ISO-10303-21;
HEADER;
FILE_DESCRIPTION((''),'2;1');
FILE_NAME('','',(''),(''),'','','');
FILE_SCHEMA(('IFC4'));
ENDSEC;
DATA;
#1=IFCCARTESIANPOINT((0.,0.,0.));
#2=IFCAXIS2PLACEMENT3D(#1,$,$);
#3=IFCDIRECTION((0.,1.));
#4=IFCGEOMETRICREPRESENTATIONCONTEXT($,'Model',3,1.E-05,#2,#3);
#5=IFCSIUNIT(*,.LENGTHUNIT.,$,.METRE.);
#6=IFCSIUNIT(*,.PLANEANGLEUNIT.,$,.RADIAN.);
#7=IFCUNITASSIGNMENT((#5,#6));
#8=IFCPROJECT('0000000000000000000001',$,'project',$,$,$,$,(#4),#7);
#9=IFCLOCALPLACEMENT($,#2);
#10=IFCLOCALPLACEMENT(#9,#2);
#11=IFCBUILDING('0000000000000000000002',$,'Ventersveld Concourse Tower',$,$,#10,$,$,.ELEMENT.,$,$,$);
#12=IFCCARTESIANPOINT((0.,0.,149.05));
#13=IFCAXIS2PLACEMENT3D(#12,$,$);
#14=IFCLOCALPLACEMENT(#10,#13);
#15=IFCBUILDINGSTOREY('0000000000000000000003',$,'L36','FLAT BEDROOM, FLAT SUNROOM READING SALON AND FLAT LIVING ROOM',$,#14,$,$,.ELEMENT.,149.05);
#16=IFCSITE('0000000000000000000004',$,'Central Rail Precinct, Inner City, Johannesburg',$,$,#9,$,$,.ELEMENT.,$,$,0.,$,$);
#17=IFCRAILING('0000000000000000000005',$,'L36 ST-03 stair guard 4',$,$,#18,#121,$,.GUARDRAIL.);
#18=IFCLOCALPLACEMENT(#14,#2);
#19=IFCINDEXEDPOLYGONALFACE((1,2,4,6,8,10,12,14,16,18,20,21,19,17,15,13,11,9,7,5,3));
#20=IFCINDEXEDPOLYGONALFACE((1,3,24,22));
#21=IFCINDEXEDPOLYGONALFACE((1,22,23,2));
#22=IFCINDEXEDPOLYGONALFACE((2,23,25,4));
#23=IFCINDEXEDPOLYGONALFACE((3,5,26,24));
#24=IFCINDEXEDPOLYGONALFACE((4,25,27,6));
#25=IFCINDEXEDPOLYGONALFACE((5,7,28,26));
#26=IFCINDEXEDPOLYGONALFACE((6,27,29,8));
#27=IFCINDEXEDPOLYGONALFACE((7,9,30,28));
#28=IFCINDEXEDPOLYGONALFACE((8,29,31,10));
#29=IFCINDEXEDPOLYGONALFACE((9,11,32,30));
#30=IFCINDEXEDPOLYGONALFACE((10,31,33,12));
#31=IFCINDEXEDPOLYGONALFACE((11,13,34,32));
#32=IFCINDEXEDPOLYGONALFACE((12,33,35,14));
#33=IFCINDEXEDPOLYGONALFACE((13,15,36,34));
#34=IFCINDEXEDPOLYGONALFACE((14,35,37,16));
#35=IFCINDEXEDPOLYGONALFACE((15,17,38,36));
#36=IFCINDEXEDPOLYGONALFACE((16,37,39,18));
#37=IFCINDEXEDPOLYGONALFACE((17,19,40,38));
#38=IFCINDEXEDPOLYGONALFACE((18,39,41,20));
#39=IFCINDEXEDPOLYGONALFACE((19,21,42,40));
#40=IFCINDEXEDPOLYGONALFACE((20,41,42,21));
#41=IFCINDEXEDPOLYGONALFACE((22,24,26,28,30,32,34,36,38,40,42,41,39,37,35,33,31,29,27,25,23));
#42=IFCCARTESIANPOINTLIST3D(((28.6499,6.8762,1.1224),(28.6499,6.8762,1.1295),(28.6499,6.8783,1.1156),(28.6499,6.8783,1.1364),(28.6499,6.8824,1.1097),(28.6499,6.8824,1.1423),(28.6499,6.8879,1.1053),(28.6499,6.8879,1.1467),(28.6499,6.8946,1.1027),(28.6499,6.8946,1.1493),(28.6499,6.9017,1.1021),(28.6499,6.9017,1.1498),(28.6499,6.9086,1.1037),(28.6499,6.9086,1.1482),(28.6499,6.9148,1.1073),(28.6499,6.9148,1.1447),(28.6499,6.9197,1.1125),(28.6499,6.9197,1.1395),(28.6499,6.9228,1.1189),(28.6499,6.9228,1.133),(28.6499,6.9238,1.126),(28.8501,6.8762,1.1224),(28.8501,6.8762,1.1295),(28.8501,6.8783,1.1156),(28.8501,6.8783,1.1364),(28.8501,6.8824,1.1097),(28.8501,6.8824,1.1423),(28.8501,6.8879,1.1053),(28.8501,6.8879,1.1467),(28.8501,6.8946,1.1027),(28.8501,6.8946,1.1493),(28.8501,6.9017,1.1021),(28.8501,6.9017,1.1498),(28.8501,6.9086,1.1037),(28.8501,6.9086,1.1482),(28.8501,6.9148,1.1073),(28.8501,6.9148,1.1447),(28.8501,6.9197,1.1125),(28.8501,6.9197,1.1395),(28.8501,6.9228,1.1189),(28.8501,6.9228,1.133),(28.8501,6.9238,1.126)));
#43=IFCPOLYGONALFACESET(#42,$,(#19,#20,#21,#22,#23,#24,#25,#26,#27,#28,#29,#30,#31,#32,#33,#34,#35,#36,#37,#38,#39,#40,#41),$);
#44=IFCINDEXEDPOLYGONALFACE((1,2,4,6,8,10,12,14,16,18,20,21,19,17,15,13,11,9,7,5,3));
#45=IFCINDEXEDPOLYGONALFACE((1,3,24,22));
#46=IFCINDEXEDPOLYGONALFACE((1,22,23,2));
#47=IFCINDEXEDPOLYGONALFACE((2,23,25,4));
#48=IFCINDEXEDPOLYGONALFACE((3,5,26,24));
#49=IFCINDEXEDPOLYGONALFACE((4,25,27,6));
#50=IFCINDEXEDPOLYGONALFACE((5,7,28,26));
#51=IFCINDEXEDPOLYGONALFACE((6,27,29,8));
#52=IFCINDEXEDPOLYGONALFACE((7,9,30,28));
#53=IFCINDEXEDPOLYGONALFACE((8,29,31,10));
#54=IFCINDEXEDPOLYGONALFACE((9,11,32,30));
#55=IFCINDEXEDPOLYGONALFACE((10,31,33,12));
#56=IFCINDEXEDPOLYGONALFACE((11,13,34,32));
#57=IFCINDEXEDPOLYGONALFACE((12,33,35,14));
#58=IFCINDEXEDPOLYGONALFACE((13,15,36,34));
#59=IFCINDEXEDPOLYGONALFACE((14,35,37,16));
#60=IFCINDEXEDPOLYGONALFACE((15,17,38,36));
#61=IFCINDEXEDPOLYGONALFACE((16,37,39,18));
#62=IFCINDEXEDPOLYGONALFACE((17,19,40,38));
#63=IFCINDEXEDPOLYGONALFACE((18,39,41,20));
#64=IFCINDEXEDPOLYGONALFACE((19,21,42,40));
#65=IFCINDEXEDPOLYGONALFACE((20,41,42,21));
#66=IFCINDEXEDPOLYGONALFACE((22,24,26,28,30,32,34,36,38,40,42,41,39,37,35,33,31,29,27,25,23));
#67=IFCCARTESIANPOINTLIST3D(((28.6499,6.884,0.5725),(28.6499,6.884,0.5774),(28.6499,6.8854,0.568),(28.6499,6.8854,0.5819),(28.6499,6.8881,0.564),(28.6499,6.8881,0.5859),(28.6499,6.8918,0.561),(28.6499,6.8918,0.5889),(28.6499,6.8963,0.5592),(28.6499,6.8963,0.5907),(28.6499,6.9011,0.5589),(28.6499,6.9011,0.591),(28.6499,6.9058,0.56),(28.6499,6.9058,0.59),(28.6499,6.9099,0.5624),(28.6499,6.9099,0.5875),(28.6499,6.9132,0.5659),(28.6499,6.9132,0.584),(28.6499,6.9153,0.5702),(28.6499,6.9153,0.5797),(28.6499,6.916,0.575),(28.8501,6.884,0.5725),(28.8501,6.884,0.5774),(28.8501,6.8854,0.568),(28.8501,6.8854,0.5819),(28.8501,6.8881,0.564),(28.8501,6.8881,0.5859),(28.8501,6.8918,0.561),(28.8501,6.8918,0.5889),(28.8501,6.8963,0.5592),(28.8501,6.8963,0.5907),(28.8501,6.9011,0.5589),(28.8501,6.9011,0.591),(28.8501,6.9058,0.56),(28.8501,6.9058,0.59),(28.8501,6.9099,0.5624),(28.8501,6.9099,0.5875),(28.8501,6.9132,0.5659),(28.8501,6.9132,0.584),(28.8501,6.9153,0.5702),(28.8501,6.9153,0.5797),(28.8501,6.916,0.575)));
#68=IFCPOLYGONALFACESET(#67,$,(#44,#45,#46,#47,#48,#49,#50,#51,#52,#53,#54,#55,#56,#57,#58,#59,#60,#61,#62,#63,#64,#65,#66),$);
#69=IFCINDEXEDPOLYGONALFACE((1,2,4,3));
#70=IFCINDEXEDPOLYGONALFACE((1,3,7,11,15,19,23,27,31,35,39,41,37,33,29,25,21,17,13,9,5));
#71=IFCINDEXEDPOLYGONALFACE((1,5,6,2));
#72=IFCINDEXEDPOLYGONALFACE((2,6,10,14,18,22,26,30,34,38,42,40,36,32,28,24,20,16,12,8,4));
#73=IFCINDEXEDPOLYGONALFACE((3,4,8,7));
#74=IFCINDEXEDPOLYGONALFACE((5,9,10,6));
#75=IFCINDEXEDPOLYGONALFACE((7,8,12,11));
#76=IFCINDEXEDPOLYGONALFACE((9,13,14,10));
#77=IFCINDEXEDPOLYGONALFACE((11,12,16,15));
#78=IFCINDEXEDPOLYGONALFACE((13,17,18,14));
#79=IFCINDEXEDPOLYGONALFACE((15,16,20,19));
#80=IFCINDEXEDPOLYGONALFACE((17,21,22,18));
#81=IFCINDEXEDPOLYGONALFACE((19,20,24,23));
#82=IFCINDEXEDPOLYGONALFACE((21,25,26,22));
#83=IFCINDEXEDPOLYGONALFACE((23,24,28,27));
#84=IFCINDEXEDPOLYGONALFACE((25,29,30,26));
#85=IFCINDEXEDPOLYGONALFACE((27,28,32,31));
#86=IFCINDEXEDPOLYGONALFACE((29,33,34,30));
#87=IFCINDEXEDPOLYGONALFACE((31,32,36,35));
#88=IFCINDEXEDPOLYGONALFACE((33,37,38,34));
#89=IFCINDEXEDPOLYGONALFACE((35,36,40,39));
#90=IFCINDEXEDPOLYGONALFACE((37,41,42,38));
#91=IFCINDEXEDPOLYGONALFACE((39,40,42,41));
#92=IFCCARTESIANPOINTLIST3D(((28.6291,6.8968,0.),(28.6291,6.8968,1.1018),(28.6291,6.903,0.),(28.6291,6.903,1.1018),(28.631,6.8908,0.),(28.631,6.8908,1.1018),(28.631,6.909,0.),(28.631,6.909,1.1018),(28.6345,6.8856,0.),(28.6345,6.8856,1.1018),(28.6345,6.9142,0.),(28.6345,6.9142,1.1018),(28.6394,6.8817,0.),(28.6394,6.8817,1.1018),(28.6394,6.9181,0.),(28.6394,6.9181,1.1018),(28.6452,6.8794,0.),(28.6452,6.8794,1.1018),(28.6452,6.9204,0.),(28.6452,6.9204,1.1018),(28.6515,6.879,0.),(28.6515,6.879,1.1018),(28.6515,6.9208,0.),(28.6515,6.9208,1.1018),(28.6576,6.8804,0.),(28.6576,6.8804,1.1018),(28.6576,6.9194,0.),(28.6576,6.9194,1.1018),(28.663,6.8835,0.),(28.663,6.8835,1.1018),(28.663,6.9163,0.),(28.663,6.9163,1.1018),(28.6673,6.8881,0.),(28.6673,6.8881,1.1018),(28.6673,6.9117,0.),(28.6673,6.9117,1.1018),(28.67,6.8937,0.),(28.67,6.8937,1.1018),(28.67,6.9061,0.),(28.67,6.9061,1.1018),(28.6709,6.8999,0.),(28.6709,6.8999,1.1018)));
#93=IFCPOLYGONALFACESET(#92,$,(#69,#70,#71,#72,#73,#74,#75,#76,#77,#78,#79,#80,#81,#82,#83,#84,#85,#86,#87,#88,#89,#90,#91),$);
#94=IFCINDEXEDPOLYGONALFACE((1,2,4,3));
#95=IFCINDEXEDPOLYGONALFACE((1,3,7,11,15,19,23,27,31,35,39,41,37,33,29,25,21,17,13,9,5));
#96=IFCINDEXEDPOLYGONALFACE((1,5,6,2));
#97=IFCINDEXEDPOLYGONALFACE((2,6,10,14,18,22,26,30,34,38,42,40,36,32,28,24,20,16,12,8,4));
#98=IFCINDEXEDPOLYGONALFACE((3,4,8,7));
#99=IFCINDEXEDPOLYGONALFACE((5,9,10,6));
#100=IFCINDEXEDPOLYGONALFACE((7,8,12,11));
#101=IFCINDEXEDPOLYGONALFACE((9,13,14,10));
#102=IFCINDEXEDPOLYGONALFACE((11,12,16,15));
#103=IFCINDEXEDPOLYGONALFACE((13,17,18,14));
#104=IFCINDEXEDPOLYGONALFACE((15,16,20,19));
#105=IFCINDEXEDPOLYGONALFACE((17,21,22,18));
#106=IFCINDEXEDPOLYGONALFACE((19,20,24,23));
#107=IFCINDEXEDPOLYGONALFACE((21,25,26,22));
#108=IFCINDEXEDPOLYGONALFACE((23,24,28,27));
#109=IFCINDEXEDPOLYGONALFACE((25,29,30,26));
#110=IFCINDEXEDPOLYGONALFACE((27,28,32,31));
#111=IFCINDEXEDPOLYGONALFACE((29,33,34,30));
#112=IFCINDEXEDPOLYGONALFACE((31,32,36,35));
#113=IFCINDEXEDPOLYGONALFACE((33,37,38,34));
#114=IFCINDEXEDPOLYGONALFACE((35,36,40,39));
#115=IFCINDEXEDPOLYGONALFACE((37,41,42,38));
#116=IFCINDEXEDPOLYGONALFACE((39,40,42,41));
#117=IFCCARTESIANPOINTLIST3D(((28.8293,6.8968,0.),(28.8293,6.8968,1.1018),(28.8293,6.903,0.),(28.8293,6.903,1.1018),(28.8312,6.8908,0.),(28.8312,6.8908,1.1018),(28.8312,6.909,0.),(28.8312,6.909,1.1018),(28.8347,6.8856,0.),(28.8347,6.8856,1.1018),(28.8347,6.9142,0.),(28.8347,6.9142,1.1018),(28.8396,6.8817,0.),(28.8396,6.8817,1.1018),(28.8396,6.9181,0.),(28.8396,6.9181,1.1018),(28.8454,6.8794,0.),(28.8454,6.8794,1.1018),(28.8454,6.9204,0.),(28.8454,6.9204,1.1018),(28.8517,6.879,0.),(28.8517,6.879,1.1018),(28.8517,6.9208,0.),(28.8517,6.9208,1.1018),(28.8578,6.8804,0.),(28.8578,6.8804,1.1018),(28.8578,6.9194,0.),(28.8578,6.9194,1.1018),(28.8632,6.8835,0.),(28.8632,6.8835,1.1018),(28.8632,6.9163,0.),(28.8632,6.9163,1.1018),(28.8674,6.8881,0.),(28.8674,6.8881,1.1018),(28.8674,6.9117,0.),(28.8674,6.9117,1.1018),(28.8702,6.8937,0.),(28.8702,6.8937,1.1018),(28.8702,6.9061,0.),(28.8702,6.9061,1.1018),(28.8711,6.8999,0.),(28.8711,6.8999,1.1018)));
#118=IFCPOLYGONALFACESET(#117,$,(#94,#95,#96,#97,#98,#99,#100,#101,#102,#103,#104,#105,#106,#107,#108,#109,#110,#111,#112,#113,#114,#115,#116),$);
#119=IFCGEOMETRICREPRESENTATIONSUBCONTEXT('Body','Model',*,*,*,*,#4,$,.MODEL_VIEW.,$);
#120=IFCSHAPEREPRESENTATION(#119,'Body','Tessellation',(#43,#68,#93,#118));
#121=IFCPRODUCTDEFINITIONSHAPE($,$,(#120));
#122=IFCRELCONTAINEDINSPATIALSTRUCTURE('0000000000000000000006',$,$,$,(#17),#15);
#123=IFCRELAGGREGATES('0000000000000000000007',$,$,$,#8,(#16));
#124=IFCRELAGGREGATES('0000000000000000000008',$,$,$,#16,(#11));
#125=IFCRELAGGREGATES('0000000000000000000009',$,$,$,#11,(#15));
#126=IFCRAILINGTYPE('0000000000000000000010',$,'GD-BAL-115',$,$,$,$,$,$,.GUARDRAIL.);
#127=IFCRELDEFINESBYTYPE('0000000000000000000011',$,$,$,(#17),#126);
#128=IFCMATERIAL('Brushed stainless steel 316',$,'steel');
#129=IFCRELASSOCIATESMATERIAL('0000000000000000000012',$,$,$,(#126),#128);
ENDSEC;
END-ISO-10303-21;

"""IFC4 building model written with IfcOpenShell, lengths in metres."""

from ifc_helpers import new_model, si_unit, direction, frame, origin, origin_2d, place, context, subcontext, project, spatial, circle, extrude, material, type_object, element, save


model = new_model("IFC4")

# Units and contexts
model_context = context("Model", 3, precision=1e-05, world=origin(), true_north=direction((0.0, 1.0)))
body_context = subcontext(model_context, "Body", "Model", "MODEL_VIEW")
ifc_project = project(units=[si_unit("LENGTHUNIT", "METRE"), si_unit("PLANEANGLEUNIT", "RADIAN")], contexts=[model_context])

# Site, building, storey
site_placement = place(None, origin())
site = spatial("IfcSite", under=ifc_project, at=site_placement, Name="Central Rail Precinct, Inner City, Johannesburg", CompositionType="ELEMENT", RefElevation=0.0)
building_placement = place(site_placement, origin())
building = spatial("IfcBuilding", under=site, at=building_placement, Name="Ventersveld Concourse Tower", CompositionType="ELEMENT")
storey_placement = place(building_placement, frame((0.0, 0.0, 149.05)))
storey = spatial("IfcBuildingStorey", under=building, at=storey_placement, Name="L36", Description="FLAT BEDROOM, FLAT SUNROOM READING SALON AND FLAT LIVING ROOM", CompositionType="ELEMENT", Elevation=149.05)

# Shared definitions
ifc_material_1 = material(Name="Brushed stainless steel 316", Category="steel")

# Railing
railing_type_1 = type_object("IfcRailingType", Name="GD-BAL-115", PredefinedType="GUARDRAIL", material=ifc_material_1)
railing_1_placement = place(storey_placement, frame((28.6499, 6.8999, 0.0)))
element("IfcRailing", 1, at=railing_1_placement, inside=storey, type_object=railing_type_1, Name="L36 ST-03 stair guard 4", PredefinedType="GUARDRAIL", context=body_context, shape_type="SweptSolid", body=[
    extrude(circle(Radius=0.0239, at=origin_2d()), frame((0.0, 0.0, 1.126), z_axis=(1.0, 0.0, 0.0), x_axis=(0.0, 1.0, 0.0)), (0.0, 0.0, 1.0), 0.2002),
    extrude(circle(Radius=0.0161, at=origin_2d()), frame((0.0, 0.0, 0.575), z_axis=(1.0, 0.0, 0.0), x_axis=(0.0, 1.0, 0.0)), (0.0, 0.0, 1.0), 0.2002),
    extrude(circle(Radius=0.021, at=origin_2d()), origin(), (0.0, 0.0, 1.0), 1.1018),
    extrude(circle(Radius=0.021, at=origin_2d()), frame((0.2002, 0.0, 0.0)), (0.0, 0.0, 1.0), 1.1018),
])

save(model, "model.ifc")
